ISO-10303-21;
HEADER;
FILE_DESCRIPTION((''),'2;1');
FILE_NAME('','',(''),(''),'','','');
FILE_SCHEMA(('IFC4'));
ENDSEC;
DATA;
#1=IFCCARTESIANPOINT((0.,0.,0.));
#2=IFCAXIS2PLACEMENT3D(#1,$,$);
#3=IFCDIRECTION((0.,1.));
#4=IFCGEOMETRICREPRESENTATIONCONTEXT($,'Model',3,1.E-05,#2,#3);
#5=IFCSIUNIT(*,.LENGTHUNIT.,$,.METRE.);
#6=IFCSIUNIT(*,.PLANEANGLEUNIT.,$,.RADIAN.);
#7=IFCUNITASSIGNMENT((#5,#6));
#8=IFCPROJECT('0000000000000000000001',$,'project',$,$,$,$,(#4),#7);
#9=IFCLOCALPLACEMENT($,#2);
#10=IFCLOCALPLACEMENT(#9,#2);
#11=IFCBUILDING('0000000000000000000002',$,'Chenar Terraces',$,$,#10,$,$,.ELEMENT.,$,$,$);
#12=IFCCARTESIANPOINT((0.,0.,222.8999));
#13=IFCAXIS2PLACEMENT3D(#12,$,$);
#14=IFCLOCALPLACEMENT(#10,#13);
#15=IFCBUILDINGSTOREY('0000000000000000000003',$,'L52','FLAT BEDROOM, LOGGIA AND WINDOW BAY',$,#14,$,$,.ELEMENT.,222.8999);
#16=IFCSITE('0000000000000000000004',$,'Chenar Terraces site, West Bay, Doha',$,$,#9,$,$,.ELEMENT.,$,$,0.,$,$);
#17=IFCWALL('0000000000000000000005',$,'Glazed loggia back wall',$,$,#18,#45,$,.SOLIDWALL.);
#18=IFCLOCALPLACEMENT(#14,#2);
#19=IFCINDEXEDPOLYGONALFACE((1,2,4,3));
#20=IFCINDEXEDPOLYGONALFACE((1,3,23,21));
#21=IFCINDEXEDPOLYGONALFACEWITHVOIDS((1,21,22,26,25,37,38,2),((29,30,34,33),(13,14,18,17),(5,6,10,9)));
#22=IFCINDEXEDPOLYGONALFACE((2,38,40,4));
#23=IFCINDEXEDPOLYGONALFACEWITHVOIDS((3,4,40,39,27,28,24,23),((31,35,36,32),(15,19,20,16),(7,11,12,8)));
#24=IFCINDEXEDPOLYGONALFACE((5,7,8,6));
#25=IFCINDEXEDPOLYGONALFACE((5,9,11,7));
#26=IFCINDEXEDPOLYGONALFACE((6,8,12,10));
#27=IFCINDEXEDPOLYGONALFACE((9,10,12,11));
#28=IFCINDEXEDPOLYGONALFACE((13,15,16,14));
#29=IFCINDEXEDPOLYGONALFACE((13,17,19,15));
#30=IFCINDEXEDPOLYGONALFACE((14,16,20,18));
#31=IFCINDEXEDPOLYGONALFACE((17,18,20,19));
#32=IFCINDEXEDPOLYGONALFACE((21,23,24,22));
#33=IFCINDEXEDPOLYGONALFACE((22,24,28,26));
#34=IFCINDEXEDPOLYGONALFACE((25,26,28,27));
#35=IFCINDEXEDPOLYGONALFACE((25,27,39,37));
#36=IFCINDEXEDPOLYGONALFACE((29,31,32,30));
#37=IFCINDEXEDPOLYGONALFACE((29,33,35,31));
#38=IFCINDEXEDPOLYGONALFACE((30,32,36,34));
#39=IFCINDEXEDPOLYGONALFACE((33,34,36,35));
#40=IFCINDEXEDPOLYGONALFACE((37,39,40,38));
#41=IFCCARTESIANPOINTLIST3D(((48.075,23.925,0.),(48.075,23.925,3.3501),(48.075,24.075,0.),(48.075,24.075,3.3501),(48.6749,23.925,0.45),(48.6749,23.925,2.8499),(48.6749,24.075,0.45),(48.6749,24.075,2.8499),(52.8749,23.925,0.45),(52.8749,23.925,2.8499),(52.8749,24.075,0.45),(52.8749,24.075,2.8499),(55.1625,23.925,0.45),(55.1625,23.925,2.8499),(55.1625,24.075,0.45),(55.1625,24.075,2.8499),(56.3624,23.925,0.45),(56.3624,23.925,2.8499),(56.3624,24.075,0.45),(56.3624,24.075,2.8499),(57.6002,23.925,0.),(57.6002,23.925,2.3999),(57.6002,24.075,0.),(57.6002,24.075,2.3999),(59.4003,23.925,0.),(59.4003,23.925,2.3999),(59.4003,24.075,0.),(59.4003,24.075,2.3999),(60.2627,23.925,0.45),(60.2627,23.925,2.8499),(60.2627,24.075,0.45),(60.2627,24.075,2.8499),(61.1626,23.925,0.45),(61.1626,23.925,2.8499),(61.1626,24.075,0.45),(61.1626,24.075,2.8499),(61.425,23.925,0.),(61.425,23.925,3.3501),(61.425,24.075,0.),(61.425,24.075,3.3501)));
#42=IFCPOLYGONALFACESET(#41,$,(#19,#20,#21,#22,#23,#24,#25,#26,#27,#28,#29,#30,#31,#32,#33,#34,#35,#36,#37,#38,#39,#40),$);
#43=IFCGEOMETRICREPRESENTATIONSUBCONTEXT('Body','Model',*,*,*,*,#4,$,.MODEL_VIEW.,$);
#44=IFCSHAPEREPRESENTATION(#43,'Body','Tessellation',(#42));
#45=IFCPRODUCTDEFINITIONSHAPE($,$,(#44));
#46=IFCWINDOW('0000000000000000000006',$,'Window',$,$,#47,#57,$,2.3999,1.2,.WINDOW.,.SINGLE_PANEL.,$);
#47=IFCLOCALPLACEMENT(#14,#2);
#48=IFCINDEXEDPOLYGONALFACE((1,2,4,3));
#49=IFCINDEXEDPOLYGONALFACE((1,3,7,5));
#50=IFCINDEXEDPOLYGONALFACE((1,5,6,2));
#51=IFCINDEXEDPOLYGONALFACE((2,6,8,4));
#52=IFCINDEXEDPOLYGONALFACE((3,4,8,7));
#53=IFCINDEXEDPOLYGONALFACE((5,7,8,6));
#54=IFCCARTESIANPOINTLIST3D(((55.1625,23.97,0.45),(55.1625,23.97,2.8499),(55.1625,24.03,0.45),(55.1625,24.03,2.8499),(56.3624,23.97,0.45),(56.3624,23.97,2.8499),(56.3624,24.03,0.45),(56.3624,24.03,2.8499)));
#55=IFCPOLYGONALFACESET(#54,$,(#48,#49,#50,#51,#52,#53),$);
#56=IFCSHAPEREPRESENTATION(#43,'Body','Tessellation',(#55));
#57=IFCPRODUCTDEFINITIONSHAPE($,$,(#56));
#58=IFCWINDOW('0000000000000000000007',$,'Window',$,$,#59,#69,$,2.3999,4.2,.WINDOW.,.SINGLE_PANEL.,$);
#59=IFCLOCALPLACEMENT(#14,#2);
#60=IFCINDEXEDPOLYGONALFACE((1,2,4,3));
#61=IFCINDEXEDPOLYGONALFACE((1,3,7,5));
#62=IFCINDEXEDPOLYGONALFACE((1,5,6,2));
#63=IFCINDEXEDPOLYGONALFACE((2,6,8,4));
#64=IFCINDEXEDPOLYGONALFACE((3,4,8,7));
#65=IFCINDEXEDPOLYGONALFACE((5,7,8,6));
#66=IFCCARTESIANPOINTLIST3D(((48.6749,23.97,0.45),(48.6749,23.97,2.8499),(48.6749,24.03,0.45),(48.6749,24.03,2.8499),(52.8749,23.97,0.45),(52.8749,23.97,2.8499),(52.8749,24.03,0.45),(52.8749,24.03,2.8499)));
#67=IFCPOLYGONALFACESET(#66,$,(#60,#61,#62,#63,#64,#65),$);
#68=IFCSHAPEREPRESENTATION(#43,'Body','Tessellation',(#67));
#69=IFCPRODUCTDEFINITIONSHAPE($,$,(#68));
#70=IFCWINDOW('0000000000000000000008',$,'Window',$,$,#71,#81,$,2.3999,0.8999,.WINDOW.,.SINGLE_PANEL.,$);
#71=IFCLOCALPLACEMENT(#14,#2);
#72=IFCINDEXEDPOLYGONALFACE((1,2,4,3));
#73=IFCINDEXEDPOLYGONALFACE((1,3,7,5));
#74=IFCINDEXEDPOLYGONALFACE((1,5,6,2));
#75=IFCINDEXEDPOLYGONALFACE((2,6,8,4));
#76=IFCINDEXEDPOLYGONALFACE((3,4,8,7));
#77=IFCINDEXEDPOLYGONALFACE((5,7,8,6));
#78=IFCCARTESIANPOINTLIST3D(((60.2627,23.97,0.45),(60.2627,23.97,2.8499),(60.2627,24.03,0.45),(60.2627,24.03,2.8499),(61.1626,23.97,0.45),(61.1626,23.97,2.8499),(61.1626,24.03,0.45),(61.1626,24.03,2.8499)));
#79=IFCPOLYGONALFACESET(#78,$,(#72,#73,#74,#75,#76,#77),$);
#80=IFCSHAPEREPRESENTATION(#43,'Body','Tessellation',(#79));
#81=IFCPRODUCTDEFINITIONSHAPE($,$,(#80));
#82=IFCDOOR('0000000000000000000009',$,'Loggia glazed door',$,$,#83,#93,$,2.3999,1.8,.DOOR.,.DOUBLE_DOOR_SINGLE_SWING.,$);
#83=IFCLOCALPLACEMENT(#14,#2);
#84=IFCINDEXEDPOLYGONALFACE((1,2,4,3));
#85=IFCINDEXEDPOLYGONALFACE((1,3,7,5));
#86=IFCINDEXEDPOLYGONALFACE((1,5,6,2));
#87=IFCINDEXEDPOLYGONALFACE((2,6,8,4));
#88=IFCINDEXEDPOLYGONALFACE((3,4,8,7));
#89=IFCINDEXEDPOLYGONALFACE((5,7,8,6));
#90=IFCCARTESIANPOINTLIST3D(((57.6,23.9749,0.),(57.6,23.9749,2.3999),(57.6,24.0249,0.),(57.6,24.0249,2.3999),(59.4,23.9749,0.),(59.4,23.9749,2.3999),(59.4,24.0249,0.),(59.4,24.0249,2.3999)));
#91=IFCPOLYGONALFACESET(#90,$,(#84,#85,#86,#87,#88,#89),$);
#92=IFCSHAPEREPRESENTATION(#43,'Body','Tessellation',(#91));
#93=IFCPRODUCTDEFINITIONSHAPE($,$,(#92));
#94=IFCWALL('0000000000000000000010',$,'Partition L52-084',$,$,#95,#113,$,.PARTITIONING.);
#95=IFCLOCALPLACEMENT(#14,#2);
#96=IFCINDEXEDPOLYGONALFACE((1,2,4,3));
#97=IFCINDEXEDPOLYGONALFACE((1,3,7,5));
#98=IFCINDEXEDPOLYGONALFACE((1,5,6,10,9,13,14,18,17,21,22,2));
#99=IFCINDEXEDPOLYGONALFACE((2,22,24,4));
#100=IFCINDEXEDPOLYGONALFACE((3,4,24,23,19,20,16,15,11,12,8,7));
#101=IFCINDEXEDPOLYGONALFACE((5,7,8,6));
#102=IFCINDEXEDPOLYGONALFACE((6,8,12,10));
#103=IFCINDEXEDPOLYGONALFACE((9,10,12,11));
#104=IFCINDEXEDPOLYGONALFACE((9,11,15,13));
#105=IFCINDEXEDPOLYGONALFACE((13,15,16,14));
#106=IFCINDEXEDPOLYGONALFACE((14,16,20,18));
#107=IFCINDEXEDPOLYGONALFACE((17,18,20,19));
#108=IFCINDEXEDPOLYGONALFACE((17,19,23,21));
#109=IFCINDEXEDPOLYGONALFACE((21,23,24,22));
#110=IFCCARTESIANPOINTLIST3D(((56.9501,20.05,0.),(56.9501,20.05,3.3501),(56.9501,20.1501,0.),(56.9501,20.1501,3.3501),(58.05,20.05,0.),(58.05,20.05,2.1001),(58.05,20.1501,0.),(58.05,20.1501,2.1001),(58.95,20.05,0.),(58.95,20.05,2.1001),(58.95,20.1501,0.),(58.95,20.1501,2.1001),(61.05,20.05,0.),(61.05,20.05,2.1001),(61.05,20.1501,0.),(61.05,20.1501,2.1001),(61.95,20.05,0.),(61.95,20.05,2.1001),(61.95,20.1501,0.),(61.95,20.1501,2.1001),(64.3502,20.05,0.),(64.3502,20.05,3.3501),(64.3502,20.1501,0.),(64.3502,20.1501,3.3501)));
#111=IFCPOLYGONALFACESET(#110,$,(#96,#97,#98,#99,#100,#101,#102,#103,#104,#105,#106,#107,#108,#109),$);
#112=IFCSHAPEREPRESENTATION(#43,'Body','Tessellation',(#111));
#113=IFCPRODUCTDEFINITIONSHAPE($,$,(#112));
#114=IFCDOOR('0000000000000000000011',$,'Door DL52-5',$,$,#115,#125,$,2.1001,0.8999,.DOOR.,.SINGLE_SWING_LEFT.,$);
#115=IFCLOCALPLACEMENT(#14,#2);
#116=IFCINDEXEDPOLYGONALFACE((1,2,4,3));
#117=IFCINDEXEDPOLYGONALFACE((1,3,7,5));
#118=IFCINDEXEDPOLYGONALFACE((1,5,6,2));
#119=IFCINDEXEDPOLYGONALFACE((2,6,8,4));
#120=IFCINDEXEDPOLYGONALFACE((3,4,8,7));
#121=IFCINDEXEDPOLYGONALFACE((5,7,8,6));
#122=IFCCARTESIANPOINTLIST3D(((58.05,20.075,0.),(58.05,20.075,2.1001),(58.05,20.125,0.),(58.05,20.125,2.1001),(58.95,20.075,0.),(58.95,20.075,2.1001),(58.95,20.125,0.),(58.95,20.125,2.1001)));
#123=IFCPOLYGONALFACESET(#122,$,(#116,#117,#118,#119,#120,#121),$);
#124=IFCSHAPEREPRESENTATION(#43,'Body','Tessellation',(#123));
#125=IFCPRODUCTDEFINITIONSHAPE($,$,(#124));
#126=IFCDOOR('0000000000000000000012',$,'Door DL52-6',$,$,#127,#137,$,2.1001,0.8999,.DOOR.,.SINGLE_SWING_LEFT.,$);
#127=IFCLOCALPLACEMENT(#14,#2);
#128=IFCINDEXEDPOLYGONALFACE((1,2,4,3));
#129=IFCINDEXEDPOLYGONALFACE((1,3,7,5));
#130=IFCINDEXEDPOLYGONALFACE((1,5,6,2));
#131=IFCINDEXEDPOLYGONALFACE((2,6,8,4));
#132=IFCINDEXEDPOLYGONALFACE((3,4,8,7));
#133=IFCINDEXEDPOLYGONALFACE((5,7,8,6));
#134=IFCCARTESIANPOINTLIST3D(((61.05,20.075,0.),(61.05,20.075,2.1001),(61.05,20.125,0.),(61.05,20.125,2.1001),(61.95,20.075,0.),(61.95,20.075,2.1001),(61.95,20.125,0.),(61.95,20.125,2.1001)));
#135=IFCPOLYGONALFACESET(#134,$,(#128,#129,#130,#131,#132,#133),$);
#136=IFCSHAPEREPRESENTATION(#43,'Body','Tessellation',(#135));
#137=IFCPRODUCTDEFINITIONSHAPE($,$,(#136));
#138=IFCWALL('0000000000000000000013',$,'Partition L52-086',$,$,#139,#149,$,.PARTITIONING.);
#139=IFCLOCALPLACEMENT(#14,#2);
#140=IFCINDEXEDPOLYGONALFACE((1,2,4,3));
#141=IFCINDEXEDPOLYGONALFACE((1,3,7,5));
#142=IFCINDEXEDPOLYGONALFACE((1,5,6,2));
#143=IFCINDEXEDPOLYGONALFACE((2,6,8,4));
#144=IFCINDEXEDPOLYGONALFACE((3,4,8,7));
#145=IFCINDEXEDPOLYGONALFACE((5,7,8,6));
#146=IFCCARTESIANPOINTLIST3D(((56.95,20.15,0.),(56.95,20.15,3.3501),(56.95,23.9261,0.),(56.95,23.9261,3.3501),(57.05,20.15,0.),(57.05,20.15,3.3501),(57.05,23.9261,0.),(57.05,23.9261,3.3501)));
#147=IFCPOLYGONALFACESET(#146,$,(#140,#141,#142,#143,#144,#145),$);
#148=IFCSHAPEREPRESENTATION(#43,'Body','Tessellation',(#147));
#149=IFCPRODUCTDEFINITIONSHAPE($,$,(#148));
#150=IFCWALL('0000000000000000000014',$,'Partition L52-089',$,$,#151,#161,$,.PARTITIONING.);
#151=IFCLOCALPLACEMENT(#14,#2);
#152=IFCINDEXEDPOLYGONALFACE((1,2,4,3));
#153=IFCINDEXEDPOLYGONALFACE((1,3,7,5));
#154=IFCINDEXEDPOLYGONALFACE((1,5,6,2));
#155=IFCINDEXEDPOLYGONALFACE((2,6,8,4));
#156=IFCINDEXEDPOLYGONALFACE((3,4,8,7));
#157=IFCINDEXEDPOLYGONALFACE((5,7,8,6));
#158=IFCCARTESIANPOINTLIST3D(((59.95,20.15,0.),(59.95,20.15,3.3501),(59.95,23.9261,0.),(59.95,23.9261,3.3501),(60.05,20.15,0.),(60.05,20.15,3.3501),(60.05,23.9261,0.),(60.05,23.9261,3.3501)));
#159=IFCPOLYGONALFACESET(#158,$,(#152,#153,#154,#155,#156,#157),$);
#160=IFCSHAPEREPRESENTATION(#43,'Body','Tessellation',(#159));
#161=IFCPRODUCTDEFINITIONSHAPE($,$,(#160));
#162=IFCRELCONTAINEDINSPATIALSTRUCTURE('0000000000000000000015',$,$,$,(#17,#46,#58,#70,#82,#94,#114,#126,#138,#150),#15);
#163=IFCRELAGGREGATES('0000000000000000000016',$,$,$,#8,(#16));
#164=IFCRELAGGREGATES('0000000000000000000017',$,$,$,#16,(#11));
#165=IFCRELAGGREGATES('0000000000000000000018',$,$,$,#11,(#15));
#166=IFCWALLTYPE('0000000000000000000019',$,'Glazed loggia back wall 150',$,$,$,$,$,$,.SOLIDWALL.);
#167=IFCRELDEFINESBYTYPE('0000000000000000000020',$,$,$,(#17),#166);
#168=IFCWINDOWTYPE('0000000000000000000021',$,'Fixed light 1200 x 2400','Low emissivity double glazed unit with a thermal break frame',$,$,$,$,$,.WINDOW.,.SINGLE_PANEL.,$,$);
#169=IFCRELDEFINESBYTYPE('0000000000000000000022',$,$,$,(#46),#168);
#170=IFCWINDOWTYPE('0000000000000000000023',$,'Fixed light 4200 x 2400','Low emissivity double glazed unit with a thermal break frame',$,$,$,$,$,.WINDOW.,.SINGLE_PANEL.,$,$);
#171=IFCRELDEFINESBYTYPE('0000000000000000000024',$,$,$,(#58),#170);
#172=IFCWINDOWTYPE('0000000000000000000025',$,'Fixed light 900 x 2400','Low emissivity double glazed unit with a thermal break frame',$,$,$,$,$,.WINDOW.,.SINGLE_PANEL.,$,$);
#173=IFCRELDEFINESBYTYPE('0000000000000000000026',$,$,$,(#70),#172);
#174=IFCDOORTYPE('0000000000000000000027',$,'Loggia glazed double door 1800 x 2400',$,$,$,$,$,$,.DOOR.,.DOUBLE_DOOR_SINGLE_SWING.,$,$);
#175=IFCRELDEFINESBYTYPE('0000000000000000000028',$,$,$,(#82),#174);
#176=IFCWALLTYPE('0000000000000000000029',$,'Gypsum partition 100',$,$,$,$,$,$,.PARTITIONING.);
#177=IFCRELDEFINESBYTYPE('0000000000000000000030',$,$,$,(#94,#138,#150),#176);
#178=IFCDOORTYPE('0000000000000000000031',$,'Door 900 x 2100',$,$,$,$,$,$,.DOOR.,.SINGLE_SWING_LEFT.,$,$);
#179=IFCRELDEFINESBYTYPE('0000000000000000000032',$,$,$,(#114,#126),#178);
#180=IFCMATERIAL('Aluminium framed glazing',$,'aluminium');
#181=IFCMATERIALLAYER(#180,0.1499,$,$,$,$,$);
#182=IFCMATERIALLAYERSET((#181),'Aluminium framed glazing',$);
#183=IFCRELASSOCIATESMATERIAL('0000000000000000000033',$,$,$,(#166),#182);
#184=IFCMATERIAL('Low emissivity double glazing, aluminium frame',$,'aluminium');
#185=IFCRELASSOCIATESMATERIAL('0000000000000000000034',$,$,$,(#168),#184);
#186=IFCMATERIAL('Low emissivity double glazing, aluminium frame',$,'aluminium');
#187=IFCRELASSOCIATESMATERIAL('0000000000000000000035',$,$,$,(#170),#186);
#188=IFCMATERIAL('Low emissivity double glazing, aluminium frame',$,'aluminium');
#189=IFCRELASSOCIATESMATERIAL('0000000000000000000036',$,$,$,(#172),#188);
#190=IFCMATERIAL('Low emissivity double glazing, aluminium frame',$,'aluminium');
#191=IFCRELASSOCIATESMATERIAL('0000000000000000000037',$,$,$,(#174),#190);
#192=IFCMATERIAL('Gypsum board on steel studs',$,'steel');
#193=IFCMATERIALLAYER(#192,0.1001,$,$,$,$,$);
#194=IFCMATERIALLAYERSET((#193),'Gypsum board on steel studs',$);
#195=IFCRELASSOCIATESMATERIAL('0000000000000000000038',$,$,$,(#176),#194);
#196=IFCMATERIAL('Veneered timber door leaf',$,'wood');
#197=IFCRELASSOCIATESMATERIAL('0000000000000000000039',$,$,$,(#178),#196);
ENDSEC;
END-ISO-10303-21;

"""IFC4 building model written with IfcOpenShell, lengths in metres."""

from ifc_helpers import new_model, si_unit, direction, frame, frame_2d, origin, place, context, subcontext, project, spatial, rectangle, extrude, material, layer, layer_set, type_object, element, fill, save


model = new_model("IFC4")

# Units and contexts
model_context = context("Model", 3, precision=1e-05, world=origin(), true_north=direction((0.0, 1.0)))
body_context = subcontext(model_context, "Body", "Model", "MODEL_VIEW")
ifc_project = project(units=[si_unit("LENGTHUNIT", "METRE"), si_unit("PLANEANGLEUNIT", "RADIAN")], contexts=[model_context])

# Site, building, storey
site_placement = place(None, origin())
site = spatial("IfcSite", under=ifc_project, at=site_placement, Name="Chenar Terraces site, West Bay, Doha", CompositionType="ELEMENT", RefElevation=0.0)
building_placement = place(site_placement, origin())
building = spatial("IfcBuilding", under=site, at=building_placement, Name="Chenar Terraces", CompositionType="ELEMENT")
storey_placement = place(building_placement, frame((0.0, 0.0, 222.8999)))
storey = spatial("IfcBuildingStorey", under=building, at=storey_placement, Name="L52", Description="FLAT BEDROOM, LOGGIA AND WINDOW BAY", CompositionType="ELEMENT", Elevation=222.8999)

# Wall, openings, windows, door
ifc_material_1 = material(Name="Aluminium framed glazing", Category="aluminium")
ifc_layer_1 = layer(ifc_material_1, 0.1499)
ifc_layer_set_1 = layer_set([ifc_layer_1], Name="Aluminium framed glazing")
wall_type_1 = type_object("IfcWallType", Name="Glazed loggia back wall 150", PredefinedType="SOLIDWALL", material=ifc_layer_set_1)
wall_1_placement = place(storey_placement, frame((61.425, 24.0, 0.0), z_axis=(0.0, 0.0, 1.0), x_axis=(-1.0, 0.0, 0.0)))
wall_1 = element("IfcWall", 1, at=wall_1_placement, inside=storey, type_object=wall_type_1, Name="Glazed loggia back wall", PredefinedType="SOLIDWALL", context=body_context, shape_type="SweptSolid", body=[
    extrude(rectangle(XDim=13.3501, YDim=0.1499, at=frame_2d((6.675, 0.0))), origin(), (0.0, 0.0, 1.0), 3.3501),
])
opening_1_placement = place(wall_1_placement, frame((0.2625, 0.0, 0.45)))
opening_1 = element("IfcOpeningElement", 2, at=opening_1_placement, cuts=wall_1, PredefinedType="OPENING", context=body_context, shape_type="SweptSolid", body=[
    extrude(rectangle(XDim=0.8999, YDim=2.3999, at=frame_2d((0.45, 1.2))), frame((0.0, 0.085, 0.0), z_axis=(0.0, -1.0, 0.0), x_axis=(1.0, 0.0, 0.0)), (0.0, 0.0, 1.0), 0.1699),
])
opening_2_placement = place(wall_1_placement, frame((2.0249, 0.0, 0.0)))
opening_2 = element("IfcOpeningElement", 3, at=opening_2_placement, cuts=wall_1, PredefinedType="OPENING", context=body_context, shape_type="SweptSolid", body=[
    extrude(rectangle(XDim=1.8, YDim=2.3999, at=frame_2d((0.8999, 1.2))), frame((0.0, 0.085, 0.0), z_axis=(0.0, -1.0, 0.0), x_axis=(1.0, 0.0, 0.0)), (0.0, 0.0, 1.0), 0.1699),
])
opening_3_placement = place(wall_1_placement, frame((5.0625, 0.0, 0.45)))
opening_3 = element("IfcOpeningElement", 4, at=opening_3_placement, cuts=wall_1, PredefinedType="OPENING", context=body_context, shape_type="SweptSolid", body=[
    extrude(rectangle(XDim=1.2, YDim=2.3999, at=frame_2d((0.6001, 1.2))), frame((0.0, 0.085, 0.0), z_axis=(0.0, -1.0, 0.0), x_axis=(1.0, 0.0, 0.0)), (0.0, 0.0, 1.0), 0.1699),
])
opening_4_placement = place(wall_1_placement, frame((8.55, 0.0, 0.45)))
opening_4 = element("IfcOpeningElement", 5, at=opening_4_placement, cuts=wall_1, PredefinedType="OPENING", context=body_context, shape_type="SweptSolid", body=[
    extrude(rectangle(XDim=4.2, YDim=2.3999, at=frame_2d((2.1001, 1.2))), frame((0.0, 0.085, 0.0), z_axis=(0.0, -1.0, 0.0), x_axis=(1.0, 0.0, 0.0)), (0.0, 0.0, 1.0), 0.1699),
])
ifc_material_2 = material(Name="Low emissivity double glazing, aluminium frame", Category="aluminium")
window_type_1 = type_object("IfcWindowType", Name="Fixed light 1200 x 2400", Description="Low emissivity double glazed unit with a thermal break frame", PartitioningType="SINGLE_PANEL", PredefinedType="WINDOW", material=ifc_material_2)
window_1_placement = place(opening_3_placement, origin())
window_1 = element("IfcWindow", 6, at=window_1_placement, inside=storey, type_object=window_type_1, Name="Window", OverallHeight=2.3999, OverallWidth=1.2, PartitioningType="SINGLE_PANEL", PredefinedType="WINDOW", context=body_context, shape_type="SweptSolid", body=[
    extrude(rectangle(XDim=1.2, YDim=2.3999, at=frame_2d((0.6001, 1.2))), frame((0.0, 0.03, 0.0), z_axis=(0.0, -1.0, 0.0), x_axis=(1.0, 0.0, 0.0)), (0.0, 0.0, 1.0), 0.0601),
])
fill(opening_3, window_1)
ifc_material_3 = material(Name="Low emissivity double glazing, aluminium frame", Category="aluminium")
window_type_2 = type_object("IfcWindowType", Name="Fixed light 4200 x 2400", Description="Low emissivity double glazed unit with a thermal break frame", PartitioningType="SINGLE_PANEL", PredefinedType="WINDOW", material=ifc_material_3)
window_2_placement = place(opening_4_placement, origin())
window_2 = element("IfcWindow", 7, at=window_2_placement, inside=storey, type_object=window_type_2, Name="Window", OverallHeight=2.3999, OverallWidth=4.2, PartitioningType="SINGLE_PANEL", PredefinedType="WINDOW", context=body_context, shape_type="SweptSolid", body=[
    extrude(rectangle(XDim=4.2, YDim=2.3999, at=frame_2d((2.1001, 1.2))), frame((0.0, 0.03, 0.0), z_axis=(0.0, -1.0, 0.0), x_axis=(1.0, 0.0, 0.0)), (0.0, 0.0, 1.0), 0.0601),
])
fill(opening_4, window_2)
ifc_material_4 = material(Name="Low emissivity double glazing, aluminium frame", Category="aluminium")
window_type_3 = type_object("IfcWindowType", Name="Fixed light 900 x 2400", Description="Low emissivity double glazed unit with a thermal break frame", PartitioningType="SINGLE_PANEL", PredefinedType="WINDOW", material=ifc_material_4)
window_3_placement = place(opening_1_placement, origin())
window_3 = element("IfcWindow", 8, at=window_3_placement, inside=storey, type_object=window_type_3, Name="Window", OverallHeight=2.3999, OverallWidth=0.8999, PartitioningType="SINGLE_PANEL", PredefinedType="WINDOW", context=body_context, shape_type="SweptSolid", body=[
    extrude(rectangle(XDim=0.8999, YDim=2.3999, at=frame_2d((0.45, 1.2))), frame((0.0, 0.03, 0.0), z_axis=(0.0, -1.0, 0.0), x_axis=(1.0, 0.0, 0.0)), (0.0, 0.0, 1.0), 0.0601),
])
fill(opening_1, window_3)
ifc_material_5 = material(Name="Low emissivity double glazing, aluminium frame", Category="aluminium")
door_type_1 = type_object("IfcDoorType", Name="Loggia glazed double door 1800 x 2400", OperationType="DOUBLE_DOOR_SINGLE_SWING", PredefinedType="DOOR", material=ifc_material_5)
door_1_placement = place(opening_2_placement, frame((1.8, 0.0, 0.0), z_axis=(0.0, 0.0, 1.0), x_axis=(-1.0, 0.0, 0.0)))
door_1 = element("IfcDoor", 9, at=door_1_placement, inside=storey, type_object=door_type_1, Name="Loggia glazed door", OperationType="DOUBLE_DOOR_SINGLE_SWING", OverallHeight=2.3999, OverallWidth=1.8, PredefinedType="DOOR", context=body_context, shape_type="SweptSolid", body=[
    extrude(rectangle(XDim=1.8, YDim=2.3999, at=frame_2d((0.8999, 1.2))), frame((0.0, 0.0249, 0.0), z_axis=(0.0, -1.0, 0.0), x_axis=(1.0, 0.0, 0.0)), (0.0, 0.0, 1.0), 0.05),
])
fill(opening_2, door_1)

# Wall, openings, doors
ifc_material_6 = material(Name="Gypsum board on steel studs", Category="steel")
ifc_layer_2 = layer(ifc_material_6, 0.1001)
ifc_layer_set_2 = layer_set([ifc_layer_2], Name="Gypsum board on steel studs")
wall_type_2 = type_object("IfcWallType", Name="Gypsum partition 100", PredefinedType="PARTITIONING", material=ifc_layer_set_2)
wall_2_placement = place(storey_placement, frame((56.95, 20.1001, 0.0), z_axis=(0.0, 0.0, 1.0), x_axis=(1.0, 0.0, 0.0)))
wall_2 = element("IfcWall", 10, at=wall_2_placement, inside=storey, type_object=wall_type_2, Name="Partition L52-084", PredefinedType="PARTITIONING", context=body_context, shape_type="SweptSolid", body=[
    extrude(rectangle(XDim=7.4001, YDim=0.1001, at=frame_2d((3.7002, 0.0))), origin(), (0.0, 0.0, 1.0), 3.3501),
])
opening_5_placement = place(wall_2_placement, frame((1.1001, 0.0, 0.0)))
opening_5 = element("IfcOpeningElement", 11, at=opening_5_placement, cuts=wall_2, PredefinedType="OPENING", context=body_context, shape_type="SweptSolid", body=[
    extrude(rectangle(XDim=0.8999, YDim=2.1001, at=frame_2d((0.45, 1.05))), frame((0.0, 0.0601, 0.0), z_axis=(0.0, -1.0, 0.0), x_axis=(1.0, 0.0, 0.0)), (0.0, 0.0, 1.0), 0.1201),
])
opening_6_placement = place(wall_2_placement, frame((4.1001, 0.0, 0.0)))
opening_6 = element("IfcOpeningElement", 12, at=opening_6_placement, cuts=wall_2, PredefinedType="OPENING", context=body_context, shape_type="SweptSolid", body=[
    extrude(rectangle(XDim=0.8999, YDim=2.1001, at=frame_2d((0.45, 1.05))), frame((0.0, 0.0601, 0.0), z_axis=(0.0, -1.0, 0.0), x_axis=(1.0, 0.0, 0.0)), (0.0, 0.0, 1.0), 0.1201),
])
ifc_material_7 = material(Name="Veneered timber door leaf", Category="wood")
door_type_2 = type_object("IfcDoorType", Name="Door 900 x 2100", OperationType="SINGLE_SWING_LEFT", PredefinedType="DOOR", material=ifc_material_7)
door_2_placement = place(opening_5_placement, origin())
door_2 = element("IfcDoor", 13, at=door_2_placement, inside=storey, type_object=door_type_2, Name="Door DL52-5", OperationType="SINGLE_SWING_LEFT", OverallHeight=2.1001, OverallWidth=0.8999, PredefinedType="DOOR", context=body_context, shape_type="SweptSolid", body=[
    extrude(rectangle(XDim=0.8999, YDim=2.1001, at=frame_2d((0.45, 1.05))), frame((0.0, 0.0249, 0.0), z_axis=(0.0, -1.0, 0.0), x_axis=(1.0, 0.0, 0.0)), (0.0, 0.0, 1.0), 0.05),
])
fill(opening_5, door_2)
door_3_placement = place(opening_6_placement, origin())
door_3 = element("IfcDoor", 14, at=door_3_placement, inside=storey, type_object=door_type_2, Name="Door DL52-6", OperationType="SINGLE_SWING_LEFT", OverallHeight=2.1001, OverallWidth=0.8999, PredefinedType="DOOR", context=body_context, shape_type="SweptSolid", body=[
    extrude(rectangle(XDim=0.8999, YDim=2.1001, at=frame_2d((0.45, 1.05))), frame((0.0, 0.0249, 0.0), z_axis=(0.0, -1.0, 0.0), x_axis=(1.0, 0.0, 0.0)), (0.0, 0.0, 1.0), 0.05),
])
fill(opening_6, door_3)

# Walls
for number, where, z_axis, x_axis, name in (
    (15, (57.0, 20.1499, 0.0), (0.0, 0.0, 1.0), (0.0, 1.0, 0.0), "Partition L52-086"),
    (16, (60.0, 20.1499, 0.0), (0.0, 0.0, 1.0), (0.0, 1.0, 0.0), "Partition L52-089"),
):
    element("IfcWall", number, at=place(storey_placement, frame(where, z_axis=z_axis, x_axis=x_axis)), inside=storey, type_object=wall_type_2, Name=name, PredefinedType="PARTITIONING", context=body_context, shape_type="SweptSolid", body=[
        extrude(rectangle(XDim=3.7761, YDim=0.1001, at=frame_2d((1.8882, 0.0))), origin(), (0.0, 0.0, 1.0), 3.3501),
    ])

save(model, "model.ifc")
